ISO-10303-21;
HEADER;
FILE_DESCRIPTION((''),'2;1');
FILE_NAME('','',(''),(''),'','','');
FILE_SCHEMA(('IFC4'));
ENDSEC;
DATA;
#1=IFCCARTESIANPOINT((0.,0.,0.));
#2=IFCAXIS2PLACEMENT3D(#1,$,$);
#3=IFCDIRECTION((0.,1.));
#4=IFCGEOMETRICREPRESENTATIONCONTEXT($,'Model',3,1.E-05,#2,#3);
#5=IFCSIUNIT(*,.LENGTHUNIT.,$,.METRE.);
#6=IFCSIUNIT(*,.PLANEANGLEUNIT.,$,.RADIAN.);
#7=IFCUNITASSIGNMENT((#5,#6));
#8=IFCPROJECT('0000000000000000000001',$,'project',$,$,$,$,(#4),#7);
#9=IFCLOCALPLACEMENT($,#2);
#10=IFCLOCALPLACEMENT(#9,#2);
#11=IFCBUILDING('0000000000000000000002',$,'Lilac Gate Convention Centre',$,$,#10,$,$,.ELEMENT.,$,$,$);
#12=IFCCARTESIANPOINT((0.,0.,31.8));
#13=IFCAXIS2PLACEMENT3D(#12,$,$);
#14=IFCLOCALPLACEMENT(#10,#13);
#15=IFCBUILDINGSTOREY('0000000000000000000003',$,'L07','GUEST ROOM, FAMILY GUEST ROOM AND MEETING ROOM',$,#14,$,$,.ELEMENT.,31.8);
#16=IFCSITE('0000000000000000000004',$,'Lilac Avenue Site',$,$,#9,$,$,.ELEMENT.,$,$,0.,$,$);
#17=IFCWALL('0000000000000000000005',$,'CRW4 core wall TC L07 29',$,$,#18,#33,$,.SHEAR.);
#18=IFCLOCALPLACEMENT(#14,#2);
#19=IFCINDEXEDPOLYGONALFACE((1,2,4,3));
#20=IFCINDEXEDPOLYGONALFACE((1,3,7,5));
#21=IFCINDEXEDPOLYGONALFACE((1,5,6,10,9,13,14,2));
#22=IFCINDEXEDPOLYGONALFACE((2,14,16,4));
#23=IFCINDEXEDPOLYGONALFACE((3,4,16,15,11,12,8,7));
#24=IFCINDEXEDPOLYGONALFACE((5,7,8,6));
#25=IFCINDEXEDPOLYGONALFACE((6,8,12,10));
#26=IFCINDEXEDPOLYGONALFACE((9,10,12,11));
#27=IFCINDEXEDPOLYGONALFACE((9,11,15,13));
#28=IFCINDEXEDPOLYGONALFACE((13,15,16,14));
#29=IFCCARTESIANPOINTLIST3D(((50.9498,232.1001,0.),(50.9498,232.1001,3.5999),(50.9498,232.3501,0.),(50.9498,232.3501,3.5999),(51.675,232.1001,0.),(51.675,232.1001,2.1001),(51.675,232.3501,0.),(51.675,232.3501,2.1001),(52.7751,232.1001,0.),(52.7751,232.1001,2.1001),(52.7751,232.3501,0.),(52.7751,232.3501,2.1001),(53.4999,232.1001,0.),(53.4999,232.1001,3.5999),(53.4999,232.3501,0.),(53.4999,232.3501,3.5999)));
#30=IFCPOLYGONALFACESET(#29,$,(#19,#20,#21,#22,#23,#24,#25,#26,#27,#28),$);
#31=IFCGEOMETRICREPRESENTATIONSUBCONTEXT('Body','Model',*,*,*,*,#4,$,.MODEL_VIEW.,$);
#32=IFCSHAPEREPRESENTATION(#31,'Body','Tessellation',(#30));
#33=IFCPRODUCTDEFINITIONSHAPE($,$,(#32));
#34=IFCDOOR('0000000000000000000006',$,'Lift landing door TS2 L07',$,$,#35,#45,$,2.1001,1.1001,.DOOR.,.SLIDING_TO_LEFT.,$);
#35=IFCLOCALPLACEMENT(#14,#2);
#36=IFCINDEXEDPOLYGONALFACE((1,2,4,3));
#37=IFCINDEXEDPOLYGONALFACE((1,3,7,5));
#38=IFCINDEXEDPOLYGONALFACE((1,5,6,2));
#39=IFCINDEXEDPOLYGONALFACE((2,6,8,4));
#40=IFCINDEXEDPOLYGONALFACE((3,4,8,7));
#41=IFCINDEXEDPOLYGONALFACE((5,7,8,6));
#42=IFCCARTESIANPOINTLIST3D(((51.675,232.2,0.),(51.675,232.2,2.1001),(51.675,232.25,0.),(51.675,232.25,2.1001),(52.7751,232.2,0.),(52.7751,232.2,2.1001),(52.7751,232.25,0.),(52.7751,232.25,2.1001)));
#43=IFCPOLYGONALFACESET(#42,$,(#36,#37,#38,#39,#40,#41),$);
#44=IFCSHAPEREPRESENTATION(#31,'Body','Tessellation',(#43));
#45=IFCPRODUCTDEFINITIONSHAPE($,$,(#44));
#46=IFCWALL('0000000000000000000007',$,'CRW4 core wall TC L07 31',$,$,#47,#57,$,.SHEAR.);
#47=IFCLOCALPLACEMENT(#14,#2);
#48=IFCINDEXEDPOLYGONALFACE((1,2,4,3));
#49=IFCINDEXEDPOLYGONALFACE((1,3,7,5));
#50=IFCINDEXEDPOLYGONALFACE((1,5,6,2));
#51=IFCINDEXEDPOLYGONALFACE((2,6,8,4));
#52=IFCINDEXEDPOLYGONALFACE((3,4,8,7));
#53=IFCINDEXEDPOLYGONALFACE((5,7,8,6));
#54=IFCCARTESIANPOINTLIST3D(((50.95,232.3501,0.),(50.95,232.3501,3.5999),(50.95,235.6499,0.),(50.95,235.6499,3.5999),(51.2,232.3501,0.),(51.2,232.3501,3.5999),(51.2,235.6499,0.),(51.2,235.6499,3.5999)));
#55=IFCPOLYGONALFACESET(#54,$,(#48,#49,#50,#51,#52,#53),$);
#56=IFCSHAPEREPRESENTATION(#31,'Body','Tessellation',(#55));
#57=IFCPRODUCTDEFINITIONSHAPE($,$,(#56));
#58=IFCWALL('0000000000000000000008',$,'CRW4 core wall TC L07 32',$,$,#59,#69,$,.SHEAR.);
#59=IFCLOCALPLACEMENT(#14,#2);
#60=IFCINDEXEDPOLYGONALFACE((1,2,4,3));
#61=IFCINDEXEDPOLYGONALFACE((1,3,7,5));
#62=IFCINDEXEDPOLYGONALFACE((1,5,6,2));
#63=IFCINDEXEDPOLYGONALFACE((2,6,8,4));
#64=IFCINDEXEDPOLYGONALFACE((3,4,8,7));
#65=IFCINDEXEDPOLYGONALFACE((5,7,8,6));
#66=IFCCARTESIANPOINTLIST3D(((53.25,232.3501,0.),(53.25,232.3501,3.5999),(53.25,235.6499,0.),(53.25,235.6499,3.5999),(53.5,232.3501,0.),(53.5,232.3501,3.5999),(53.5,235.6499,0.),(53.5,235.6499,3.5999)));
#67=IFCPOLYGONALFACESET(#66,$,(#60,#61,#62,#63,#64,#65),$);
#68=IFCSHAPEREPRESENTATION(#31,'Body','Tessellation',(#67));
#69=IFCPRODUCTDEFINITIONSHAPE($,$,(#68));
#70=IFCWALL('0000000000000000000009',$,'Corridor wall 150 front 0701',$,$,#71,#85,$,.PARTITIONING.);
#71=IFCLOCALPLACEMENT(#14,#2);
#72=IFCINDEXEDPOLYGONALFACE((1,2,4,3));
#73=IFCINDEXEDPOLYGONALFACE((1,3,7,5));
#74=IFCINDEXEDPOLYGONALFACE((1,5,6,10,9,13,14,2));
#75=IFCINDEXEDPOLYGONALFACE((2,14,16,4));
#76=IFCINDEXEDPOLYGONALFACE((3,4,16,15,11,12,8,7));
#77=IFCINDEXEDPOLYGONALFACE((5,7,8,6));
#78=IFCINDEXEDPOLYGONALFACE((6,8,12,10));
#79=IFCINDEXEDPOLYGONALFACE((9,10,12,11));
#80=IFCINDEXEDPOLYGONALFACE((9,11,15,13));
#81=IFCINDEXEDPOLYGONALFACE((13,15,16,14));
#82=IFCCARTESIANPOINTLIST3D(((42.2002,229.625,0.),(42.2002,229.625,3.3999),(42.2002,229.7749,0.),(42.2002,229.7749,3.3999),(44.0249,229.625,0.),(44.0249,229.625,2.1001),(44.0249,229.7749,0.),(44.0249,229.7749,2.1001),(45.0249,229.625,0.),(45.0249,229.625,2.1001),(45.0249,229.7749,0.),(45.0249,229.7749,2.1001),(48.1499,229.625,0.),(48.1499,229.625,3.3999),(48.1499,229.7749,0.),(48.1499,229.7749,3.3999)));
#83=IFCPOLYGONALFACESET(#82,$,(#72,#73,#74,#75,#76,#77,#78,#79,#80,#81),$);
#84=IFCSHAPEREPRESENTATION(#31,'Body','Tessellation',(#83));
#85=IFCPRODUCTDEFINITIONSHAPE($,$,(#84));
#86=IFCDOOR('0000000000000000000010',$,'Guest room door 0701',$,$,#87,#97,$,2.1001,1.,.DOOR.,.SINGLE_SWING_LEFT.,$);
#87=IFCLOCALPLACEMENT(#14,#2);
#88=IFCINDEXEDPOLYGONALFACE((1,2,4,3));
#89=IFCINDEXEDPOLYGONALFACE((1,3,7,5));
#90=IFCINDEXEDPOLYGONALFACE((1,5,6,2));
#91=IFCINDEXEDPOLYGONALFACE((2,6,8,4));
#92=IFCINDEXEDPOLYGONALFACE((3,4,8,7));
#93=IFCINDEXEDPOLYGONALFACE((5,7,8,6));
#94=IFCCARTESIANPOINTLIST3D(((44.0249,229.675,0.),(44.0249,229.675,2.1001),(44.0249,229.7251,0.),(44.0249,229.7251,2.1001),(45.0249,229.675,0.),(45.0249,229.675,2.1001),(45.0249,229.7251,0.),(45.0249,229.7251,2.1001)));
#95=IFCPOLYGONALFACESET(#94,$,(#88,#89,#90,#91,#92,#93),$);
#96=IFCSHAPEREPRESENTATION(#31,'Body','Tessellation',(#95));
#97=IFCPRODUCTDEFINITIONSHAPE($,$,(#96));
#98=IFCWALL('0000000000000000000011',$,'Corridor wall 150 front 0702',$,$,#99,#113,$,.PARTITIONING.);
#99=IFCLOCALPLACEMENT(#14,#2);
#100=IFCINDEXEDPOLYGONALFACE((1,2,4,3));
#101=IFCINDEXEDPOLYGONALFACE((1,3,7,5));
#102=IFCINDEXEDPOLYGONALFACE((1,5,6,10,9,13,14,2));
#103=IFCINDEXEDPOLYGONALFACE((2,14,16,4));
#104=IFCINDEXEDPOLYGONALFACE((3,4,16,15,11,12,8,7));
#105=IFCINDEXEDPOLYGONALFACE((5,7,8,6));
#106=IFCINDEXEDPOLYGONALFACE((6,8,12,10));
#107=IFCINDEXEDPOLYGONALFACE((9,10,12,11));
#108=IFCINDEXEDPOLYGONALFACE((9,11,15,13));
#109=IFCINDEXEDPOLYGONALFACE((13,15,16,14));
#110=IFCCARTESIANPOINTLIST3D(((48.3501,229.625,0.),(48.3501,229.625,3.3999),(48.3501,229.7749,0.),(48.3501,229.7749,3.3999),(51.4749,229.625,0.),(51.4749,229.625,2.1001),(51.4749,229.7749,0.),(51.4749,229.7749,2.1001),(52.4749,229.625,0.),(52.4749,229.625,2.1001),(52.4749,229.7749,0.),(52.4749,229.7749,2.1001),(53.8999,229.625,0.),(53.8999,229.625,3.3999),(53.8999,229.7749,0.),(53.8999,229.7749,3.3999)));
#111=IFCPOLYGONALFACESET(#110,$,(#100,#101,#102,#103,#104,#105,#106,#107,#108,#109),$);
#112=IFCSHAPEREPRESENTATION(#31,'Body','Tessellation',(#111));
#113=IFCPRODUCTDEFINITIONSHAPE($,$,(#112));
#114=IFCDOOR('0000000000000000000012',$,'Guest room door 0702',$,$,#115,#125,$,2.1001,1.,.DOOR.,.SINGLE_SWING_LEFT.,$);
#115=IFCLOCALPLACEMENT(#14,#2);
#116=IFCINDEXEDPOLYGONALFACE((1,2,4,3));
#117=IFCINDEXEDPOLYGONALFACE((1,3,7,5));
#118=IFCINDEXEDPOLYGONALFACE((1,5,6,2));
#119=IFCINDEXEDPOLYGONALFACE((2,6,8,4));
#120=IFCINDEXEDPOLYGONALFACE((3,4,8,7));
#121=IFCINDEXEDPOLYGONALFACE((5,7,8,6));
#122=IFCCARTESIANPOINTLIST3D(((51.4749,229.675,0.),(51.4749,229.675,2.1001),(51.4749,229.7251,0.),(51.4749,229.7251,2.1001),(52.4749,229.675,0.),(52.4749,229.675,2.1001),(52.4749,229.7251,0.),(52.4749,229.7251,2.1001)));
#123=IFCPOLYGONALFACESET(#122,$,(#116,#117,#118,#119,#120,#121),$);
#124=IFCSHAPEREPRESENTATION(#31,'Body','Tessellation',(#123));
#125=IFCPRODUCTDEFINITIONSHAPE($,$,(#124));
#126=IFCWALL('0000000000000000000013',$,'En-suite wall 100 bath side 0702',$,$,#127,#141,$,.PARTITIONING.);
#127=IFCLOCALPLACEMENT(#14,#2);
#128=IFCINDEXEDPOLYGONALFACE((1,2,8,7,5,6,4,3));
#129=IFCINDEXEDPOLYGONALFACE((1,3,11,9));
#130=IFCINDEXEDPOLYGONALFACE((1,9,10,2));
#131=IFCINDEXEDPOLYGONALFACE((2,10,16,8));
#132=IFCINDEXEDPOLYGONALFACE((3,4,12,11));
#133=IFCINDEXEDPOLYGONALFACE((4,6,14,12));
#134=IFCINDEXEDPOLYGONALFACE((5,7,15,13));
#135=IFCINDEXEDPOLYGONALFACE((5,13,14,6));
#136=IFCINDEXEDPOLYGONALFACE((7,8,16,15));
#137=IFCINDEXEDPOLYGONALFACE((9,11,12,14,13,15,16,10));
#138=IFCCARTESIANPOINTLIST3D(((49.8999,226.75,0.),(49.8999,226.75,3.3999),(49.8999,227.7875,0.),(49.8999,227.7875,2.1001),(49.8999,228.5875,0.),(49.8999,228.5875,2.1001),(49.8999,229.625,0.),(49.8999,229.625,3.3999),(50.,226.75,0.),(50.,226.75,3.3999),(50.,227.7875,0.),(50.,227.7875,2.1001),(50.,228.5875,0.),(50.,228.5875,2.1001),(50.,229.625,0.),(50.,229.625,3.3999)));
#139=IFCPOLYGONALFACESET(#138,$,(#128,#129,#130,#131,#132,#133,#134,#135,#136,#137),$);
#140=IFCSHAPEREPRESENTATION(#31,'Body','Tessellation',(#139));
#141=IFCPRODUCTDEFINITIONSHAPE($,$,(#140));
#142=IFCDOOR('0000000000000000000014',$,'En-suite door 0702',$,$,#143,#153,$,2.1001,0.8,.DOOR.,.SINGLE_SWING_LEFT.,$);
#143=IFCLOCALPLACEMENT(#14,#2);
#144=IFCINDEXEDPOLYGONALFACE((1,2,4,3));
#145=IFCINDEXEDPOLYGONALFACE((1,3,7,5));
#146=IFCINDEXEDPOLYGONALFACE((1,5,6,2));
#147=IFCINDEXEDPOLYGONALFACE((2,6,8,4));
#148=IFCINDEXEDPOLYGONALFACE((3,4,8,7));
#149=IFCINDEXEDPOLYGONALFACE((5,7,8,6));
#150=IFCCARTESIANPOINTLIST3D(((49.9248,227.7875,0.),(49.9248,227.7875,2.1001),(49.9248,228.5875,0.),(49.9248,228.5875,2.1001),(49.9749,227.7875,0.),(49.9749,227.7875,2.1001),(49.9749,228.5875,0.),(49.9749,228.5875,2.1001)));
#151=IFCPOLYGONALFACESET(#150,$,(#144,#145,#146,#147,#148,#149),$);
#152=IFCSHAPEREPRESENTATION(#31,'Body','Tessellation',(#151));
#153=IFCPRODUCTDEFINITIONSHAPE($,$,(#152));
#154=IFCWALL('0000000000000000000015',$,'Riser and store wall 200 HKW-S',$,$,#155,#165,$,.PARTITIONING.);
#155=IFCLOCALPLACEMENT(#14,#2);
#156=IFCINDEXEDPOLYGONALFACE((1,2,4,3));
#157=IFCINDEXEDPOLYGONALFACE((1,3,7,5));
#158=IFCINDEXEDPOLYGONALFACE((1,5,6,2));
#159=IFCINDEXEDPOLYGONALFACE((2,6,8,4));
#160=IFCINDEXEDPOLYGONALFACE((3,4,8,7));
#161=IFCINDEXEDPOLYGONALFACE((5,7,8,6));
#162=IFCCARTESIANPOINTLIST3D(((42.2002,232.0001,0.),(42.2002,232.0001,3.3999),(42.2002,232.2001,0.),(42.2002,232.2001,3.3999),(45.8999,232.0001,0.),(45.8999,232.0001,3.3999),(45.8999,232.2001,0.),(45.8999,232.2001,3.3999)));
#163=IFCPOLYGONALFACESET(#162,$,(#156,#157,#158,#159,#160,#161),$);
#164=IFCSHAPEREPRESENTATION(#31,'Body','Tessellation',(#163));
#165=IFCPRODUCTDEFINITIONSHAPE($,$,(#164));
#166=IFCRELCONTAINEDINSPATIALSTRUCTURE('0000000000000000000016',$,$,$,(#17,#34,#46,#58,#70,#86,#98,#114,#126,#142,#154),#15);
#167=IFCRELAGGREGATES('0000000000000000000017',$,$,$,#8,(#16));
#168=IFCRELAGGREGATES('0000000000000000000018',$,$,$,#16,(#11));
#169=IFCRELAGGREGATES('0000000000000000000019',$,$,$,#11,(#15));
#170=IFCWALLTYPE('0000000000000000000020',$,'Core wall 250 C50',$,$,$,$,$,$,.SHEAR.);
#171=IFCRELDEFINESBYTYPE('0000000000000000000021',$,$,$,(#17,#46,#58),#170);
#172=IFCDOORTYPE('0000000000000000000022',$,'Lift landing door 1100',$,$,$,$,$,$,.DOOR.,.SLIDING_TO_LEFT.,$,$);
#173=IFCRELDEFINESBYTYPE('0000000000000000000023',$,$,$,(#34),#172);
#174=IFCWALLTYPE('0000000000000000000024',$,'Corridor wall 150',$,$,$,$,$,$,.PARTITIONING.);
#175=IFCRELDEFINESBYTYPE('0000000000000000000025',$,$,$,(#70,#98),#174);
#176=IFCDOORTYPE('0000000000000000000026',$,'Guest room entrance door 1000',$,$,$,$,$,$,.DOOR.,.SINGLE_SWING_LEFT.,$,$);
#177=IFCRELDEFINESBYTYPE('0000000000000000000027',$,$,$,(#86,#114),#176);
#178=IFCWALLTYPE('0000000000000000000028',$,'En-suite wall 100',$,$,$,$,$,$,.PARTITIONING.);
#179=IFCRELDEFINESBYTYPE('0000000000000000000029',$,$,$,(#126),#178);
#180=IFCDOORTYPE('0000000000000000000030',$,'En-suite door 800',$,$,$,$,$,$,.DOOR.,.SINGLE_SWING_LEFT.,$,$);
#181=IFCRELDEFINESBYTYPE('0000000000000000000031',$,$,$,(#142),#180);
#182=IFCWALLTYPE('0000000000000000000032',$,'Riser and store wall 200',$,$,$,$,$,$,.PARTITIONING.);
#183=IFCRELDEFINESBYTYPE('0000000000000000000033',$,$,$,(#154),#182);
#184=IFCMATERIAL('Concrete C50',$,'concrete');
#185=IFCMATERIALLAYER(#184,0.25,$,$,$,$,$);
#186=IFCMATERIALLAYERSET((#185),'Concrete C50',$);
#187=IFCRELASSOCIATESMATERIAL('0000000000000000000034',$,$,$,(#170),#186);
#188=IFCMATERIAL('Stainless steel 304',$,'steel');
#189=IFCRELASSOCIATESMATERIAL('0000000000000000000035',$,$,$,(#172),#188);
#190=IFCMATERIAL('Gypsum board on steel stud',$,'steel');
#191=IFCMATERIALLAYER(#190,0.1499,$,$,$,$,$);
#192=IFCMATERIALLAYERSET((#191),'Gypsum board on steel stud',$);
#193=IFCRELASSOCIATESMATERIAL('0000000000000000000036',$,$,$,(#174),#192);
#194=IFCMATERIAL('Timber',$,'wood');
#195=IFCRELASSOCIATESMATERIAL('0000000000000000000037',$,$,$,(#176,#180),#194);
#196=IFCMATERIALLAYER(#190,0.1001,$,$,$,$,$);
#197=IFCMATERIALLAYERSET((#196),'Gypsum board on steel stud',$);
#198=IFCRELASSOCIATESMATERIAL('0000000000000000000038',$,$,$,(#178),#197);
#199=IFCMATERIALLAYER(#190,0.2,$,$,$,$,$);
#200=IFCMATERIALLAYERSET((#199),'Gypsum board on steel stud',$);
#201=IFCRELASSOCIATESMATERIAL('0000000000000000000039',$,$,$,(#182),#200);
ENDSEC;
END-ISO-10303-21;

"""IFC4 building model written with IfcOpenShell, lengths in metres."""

from ifc_helpers import new_model, si_unit, direction, frame, frame_2d, origin, place, context, subcontext, project, spatial, rectangle, extrude, material, layer, layer_set, type_object, element, fill, save


model = new_model("IFC4")

# Units and contexts
model_context = context("Model", 3, precision=1e-05, world=origin(), true_north=direction((0.0, 1.0)))
body_context = subcontext(model_context, "Body", "Model", "MODEL_VIEW")
ifc_project = project(units=[si_unit("LENGTHUNIT", "METRE"), si_unit("PLANEANGLEUNIT", "RADIAN")], contexts=[model_context])

# Site, building, storey
site_placement = place(None, origin())
site = spatial("IfcSite", under=ifc_project, at=site_placement, Name="Lilac Avenue Site", CompositionType="ELEMENT", RefElevation=0.0)
building_placement = place(site_placement, origin())
building = spatial("IfcBuilding", under=site, at=building_placement, Name="Lilac Gate Convention Centre", CompositionType="ELEMENT")
storey_placement = place(building_placement, frame((0.0, 0.0, 31.8)))
storey = spatial("IfcBuildingStorey", under=building, at=storey_placement, Name="L07", Description="GUEST ROOM, FAMILY GUEST ROOM AND MEETING ROOM", CompositionType="ELEMENT", Elevation=31.8)

# Shared definitions
ifc_material_1 = material(Name="Concrete C50", Category="concrete")
ifc_layer_1 = layer(ifc_material_1, 0.25)
ifc_layer_set_1 = layer_set([ifc_layer_1], Name="Concrete C50")
wall_type_1 = type_object("IfcWallType", Name="Core wall 250 C50", PredefinedType="SHEAR", material=ifc_layer_set_1)
ifc_material_2 = material(Name="Stainless steel 304", Category="steel")
door_type_1 = type_object("IfcDoorType", Name="Lift landing door 1100", OperationType="SLIDING_TO_LEFT", PredefinedType="DOOR", material=ifc_material_2)

# Wall, opening, door
wall_1_placement = place(storey_placement, frame((50.95, 232.2251, 0.0), z_axis=(0.0, 0.0, 1.0), x_axis=(1.0, 0.0, 0.0)))
wall_1 = element("IfcWall", 1, at=wall_1_placement, inside=storey, type_object=wall_type_1, Name="CRW4 core wall TC L07 29", PredefinedType="SHEAR", context=body_context, shape_type="SweptSolid", body=[
    extrude(rectangle(XDim=2.55, YDim=0.25, at=frame_2d((1.2749, 0.0))), origin(), (0.0, 0.0, 1.0), 3.5999),
])
opening_1_placement = place(wall_1_placement, frame((0.7251, 0.0, 0.0)))
opening_1 = element("IfcOpeningElement", 2, at=opening_1_placement, cuts=wall_1, PredefinedType="OPENING", context=body_context, shape_type="SweptSolid", body=[
    extrude(rectangle(XDim=1.1001, YDim=2.1001, at=frame_2d((0.55, 1.05))), frame((0.0, 0.135, 0.0), z_axis=(0.0, -1.0, 0.0), x_axis=(1.0, 0.0, 0.0)), (0.0, 0.0, 1.0), 0.27),
])
door_1_placement = place(opening_1_placement, origin())
door_1 = element("IfcDoor", 3, at=door_1_placement, inside=storey, type_object=door_type_1, Name="Lift landing door TS2 L07", OperationType="SLIDING_TO_LEFT", OverallHeight=2.1001, OverallWidth=1.1001, PredefinedType="DOOR", context=body_context, shape_type="SweptSolid", body=[
    extrude(rectangle(XDim=1.1001, YDim=2.1001, at=frame_2d((0.55, 1.05))), frame((0.0, 0.0249, 0.0), z_axis=(0.0, -1.0, 0.0), x_axis=(1.0, 0.0, 0.0)), (0.0, 0.0, 1.0), 0.05),
])
fill(opening_1, door_1)

# Walls
for number, where, z_axis, x_axis, name in (
    (4, (51.075, 232.3501, 0.0), (0.0, 0.0, 1.0), (0.0, 1.0, 0.0), "CRW4 core wall TC L07 31"),
    (5, (53.375, 232.3501, 0.0), (0.0, 0.0, 1.0), (0.0, 1.0, 0.0), "CRW4 core wall TC L07 32"),
):
    element("IfcWall", number, at=place(storey_placement, frame(where, z_axis=z_axis, x_axis=x_axis)), inside=storey, type_object=wall_type_1, Name=name, PredefinedType="SHEAR", context=body_context, shape_type="SweptSolid", body=[
        extrude(rectangle(XDim=3.2998, YDim=0.25, at=frame_2d((1.6499, 0.0))), origin(), (0.0, 0.0, 1.0), 3.5999),
    ])

# Walls, openings, doors
ifc_material_3 = material(Name="Gypsum board on steel stud", Category="steel")
ifc_layer_2 = layer(ifc_material_3, 0.1499)
ifc_layer_set_2 = layer_set([ifc_layer_2], Name="Gypsum board on steel stud")
wall_type_2 = type_object("IfcWallType", Name="Corridor wall 150", PredefinedType="PARTITIONING", material=ifc_layer_set_2)
wall_2_placement = place(storey_placement, frame((48.1499, 229.7, 0.0), z_axis=(0.0, 0.0, 1.0), x_axis=(-1.0, 0.0, 0.0)))
wall_2 = element("IfcWall", 6, at=wall_2_placement, inside=storey, type_object=wall_type_2, Name="Corridor wall 150 front 0701", PredefinedType="PARTITIONING", context=body_context, shape_type="SweptSolid", body=[
    extrude(rectangle(XDim=5.9497, YDim=0.1499, at=frame_2d((2.9749, 0.0))), origin(), (0.0, 0.0, 1.0), 3.3999),
])
opening_2_placement = place(wall_2_placement, frame((3.125, 0.0, 0.0)))
opening_2 = element("IfcOpeningElement", 7, at=opening_2_placement, cuts=wall_2, PredefinedType="OPENING", context=body_context, shape_type="SweptSolid", body=[
    extrude(rectangle(XDim=1.0, YDim=2.1001, at=frame_2d((0.5, 1.05))), frame((0.0, 0.085, 0.0), z_axis=(0.0, -1.0, 0.0), x_axis=(1.0, 0.0, 0.0)), (0.0, 0.0, 1.0), 0.1699),
])
ifc_material_4 = material(Name="Timber", Category="wood")
door_type_2 = type_object("IfcDoorType", Name="Guest room entrance door 1000", OperationType="SINGLE_SWING_LEFT", PredefinedType="DOOR", material=ifc_material_4)
door_2_placement = place(opening_2_placement, origin())
door_2 = element("IfcDoor", 8, at=door_2_placement, inside=storey, type_object=door_type_2, Name="Guest room door 0701", OperationType="SINGLE_SWING_LEFT", OverallHeight=2.1001, OverallWidth=1.0, PredefinedType="DOOR", context=body_context, shape_type="SweptSolid", body=[
    extrude(rectangle(XDim=1.0, YDim=2.1001, at=frame_2d((0.5, 1.05))), frame((0.0, 0.0249, 0.0), z_axis=(0.0, -1.0, 0.0), x_axis=(1.0, 0.0, 0.0)), (0.0, 0.0, 1.0), 0.05),
])
fill(opening_2, door_2)
wall_3_placement = place(storey_placement, frame((53.8999, 229.7, 0.0), z_axis=(0.0, 0.0, 1.0), x_axis=(-1.0, 0.0, 0.0)))
wall_3 = element("IfcWall", 9, at=wall_3_placement, inside=storey, type_object=wall_type_2, Name="Corridor wall 150 front 0702", PredefinedType="PARTITIONING", context=body_context, shape_type="SweptSolid", body=[
    extrude(rectangle(XDim=5.5498, YDim=0.1499, at=frame_2d((2.7749, 0.0))), origin(), (0.0, 0.0, 1.0), 3.3999),
])
opening_3_placement = place(wall_3_placement, frame((1.425, 0.0, 0.0)))
opening_3 = element("IfcOpeningElement", 10, at=opening_3_placement, cuts=wall_3, PredefinedType="OPENING", context=body_context, shape_type="SweptSolid", body=[
    extrude(rectangle(XDim=1.0, YDim=2.1001, at=frame_2d((0.5, 1.05))), frame((0.0, 0.085, 0.0), z_axis=(0.0, -1.0, 0.0), x_axis=(1.0, 0.0, 0.0)), (0.0, 0.0, 1.0), 0.1699),
])
door_3_placement = place(opening_3_placement, origin())
door_3 = element("IfcDoor", 11, at=door_3_placement, inside=storey, type_object=door_type_2, Name="Guest room door 0702", OperationType="SINGLE_SWING_LEFT", OverallHeight=2.1001, OverallWidth=1.0, PredefinedType="DOOR", context=body_context, shape_type="SweptSolid", body=[
    extrude(rectangle(XDim=1.0, YDim=2.1001, at=frame_2d((0.5, 1.05))), frame((0.0, 0.0249, 0.0), z_axis=(0.0, -1.0, 0.0), x_axis=(1.0, 0.0, 0.0)), (0.0, 0.0, 1.0), 0.05),
])
fill(opening_3, door_3)
ifc_layer_3 = layer(ifc_material_3, 0.1001)
ifc_layer_set_3 = layer_set([ifc_layer_3], Name="Gypsum board on steel stud")
wall_type_3 = type_object("IfcWallType", Name="En-suite wall 100", PredefinedType="PARTITIONING", material=ifc_layer_set_3)
wall_4_placement = place(storey_placement, frame((49.95, 229.625, 0.0), z_axis=(0.0, 0.0, 1.0), x_axis=(0.0, -1.0, 0.0)))
wall_4 = element("IfcWall", 12, at=wall_4_placement, inside=storey, type_object=wall_type_3, Name="En-suite wall 100 bath side 0702", PredefinedType="PARTITIONING", context=body_context, shape_type="SweptSolid", body=[
    extrude(rectangle(XDim=2.875, YDim=0.1001, at=frame_2d((1.4375, 0.0))), origin(), (0.0, 0.0, 1.0), 3.3999),
])
opening_4_placement = place(wall_4_placement, frame((1.0376, 0.0, 0.0)))
opening_4 = element("IfcOpeningElement", 13, at=opening_4_placement, cuts=wall_4, PredefinedType="OPENING", context=body_context, shape_type="SweptSolid", body=[
    extrude(rectangle(XDim=0.8, YDim=2.1001, at=frame_2d((0.3999, 1.05))), frame((0.0, 0.0601, 0.0), z_axis=(0.0, -1.0, 0.0), x_axis=(1.0, 0.0, 0.0)), (0.0, 0.0, 1.0), 0.1201),
])
door_type_3 = type_object("IfcDoorType", Name="En-suite door 800", OperationType="SINGLE_SWING_LEFT", PredefinedType="DOOR", material=ifc_material_4)
door_4_placement = place(opening_4_placement, origin())
door_4 = element("IfcDoor", 14, at=door_4_placement, inside=storey, type_object=door_type_3, Name="En-suite door 0702", OperationType="SINGLE_SWING_LEFT", OverallHeight=2.1001, OverallWidth=0.8, PredefinedType="DOOR", context=body_context, shape_type="SweptSolid", body=[
    extrude(rectangle(XDim=0.8, YDim=2.1001, at=frame_2d((0.3999, 1.05))), frame((0.0, 0.0249, 0.0), z_axis=(0.0, -1.0, 0.0), x_axis=(1.0, 0.0, 0.0)), (0.0, 0.0, 1.0), 0.05),
])
fill(opening_4, door_4)

# Wall
ifc_layer_4 = layer(ifc_material_3, 0.2)
ifc_layer_set_4 = layer_set([ifc_layer_4], Name="Gypsum board on steel stud")
wall_type_4 = type_object("IfcWallType", Name="Riser and store wall 200", PredefinedType="PARTITIONING", material=ifc_layer_set_4)
wall_5_placement = place(storey_placement, frame((42.2002, 232.1001, 0.0), z_axis=(0.0, 0.0, 1.0), x_axis=(1.0, 0.0, 0.0)))
element("IfcWall", 15, at=wall_5_placement, inside=storey, type_object=wall_type_4, Name="Riser and store wall 200 HKW-S", PredefinedType="PARTITIONING", context=body_context, shape_type="SweptSolid", body=[
    extrude(rectangle(XDim=3.6997, YDim=0.2, at=frame_2d((1.8499, 0.0))), origin(), (0.0, 0.0, 1.0), 3.3999),
])

save(model, "model.ifc")
